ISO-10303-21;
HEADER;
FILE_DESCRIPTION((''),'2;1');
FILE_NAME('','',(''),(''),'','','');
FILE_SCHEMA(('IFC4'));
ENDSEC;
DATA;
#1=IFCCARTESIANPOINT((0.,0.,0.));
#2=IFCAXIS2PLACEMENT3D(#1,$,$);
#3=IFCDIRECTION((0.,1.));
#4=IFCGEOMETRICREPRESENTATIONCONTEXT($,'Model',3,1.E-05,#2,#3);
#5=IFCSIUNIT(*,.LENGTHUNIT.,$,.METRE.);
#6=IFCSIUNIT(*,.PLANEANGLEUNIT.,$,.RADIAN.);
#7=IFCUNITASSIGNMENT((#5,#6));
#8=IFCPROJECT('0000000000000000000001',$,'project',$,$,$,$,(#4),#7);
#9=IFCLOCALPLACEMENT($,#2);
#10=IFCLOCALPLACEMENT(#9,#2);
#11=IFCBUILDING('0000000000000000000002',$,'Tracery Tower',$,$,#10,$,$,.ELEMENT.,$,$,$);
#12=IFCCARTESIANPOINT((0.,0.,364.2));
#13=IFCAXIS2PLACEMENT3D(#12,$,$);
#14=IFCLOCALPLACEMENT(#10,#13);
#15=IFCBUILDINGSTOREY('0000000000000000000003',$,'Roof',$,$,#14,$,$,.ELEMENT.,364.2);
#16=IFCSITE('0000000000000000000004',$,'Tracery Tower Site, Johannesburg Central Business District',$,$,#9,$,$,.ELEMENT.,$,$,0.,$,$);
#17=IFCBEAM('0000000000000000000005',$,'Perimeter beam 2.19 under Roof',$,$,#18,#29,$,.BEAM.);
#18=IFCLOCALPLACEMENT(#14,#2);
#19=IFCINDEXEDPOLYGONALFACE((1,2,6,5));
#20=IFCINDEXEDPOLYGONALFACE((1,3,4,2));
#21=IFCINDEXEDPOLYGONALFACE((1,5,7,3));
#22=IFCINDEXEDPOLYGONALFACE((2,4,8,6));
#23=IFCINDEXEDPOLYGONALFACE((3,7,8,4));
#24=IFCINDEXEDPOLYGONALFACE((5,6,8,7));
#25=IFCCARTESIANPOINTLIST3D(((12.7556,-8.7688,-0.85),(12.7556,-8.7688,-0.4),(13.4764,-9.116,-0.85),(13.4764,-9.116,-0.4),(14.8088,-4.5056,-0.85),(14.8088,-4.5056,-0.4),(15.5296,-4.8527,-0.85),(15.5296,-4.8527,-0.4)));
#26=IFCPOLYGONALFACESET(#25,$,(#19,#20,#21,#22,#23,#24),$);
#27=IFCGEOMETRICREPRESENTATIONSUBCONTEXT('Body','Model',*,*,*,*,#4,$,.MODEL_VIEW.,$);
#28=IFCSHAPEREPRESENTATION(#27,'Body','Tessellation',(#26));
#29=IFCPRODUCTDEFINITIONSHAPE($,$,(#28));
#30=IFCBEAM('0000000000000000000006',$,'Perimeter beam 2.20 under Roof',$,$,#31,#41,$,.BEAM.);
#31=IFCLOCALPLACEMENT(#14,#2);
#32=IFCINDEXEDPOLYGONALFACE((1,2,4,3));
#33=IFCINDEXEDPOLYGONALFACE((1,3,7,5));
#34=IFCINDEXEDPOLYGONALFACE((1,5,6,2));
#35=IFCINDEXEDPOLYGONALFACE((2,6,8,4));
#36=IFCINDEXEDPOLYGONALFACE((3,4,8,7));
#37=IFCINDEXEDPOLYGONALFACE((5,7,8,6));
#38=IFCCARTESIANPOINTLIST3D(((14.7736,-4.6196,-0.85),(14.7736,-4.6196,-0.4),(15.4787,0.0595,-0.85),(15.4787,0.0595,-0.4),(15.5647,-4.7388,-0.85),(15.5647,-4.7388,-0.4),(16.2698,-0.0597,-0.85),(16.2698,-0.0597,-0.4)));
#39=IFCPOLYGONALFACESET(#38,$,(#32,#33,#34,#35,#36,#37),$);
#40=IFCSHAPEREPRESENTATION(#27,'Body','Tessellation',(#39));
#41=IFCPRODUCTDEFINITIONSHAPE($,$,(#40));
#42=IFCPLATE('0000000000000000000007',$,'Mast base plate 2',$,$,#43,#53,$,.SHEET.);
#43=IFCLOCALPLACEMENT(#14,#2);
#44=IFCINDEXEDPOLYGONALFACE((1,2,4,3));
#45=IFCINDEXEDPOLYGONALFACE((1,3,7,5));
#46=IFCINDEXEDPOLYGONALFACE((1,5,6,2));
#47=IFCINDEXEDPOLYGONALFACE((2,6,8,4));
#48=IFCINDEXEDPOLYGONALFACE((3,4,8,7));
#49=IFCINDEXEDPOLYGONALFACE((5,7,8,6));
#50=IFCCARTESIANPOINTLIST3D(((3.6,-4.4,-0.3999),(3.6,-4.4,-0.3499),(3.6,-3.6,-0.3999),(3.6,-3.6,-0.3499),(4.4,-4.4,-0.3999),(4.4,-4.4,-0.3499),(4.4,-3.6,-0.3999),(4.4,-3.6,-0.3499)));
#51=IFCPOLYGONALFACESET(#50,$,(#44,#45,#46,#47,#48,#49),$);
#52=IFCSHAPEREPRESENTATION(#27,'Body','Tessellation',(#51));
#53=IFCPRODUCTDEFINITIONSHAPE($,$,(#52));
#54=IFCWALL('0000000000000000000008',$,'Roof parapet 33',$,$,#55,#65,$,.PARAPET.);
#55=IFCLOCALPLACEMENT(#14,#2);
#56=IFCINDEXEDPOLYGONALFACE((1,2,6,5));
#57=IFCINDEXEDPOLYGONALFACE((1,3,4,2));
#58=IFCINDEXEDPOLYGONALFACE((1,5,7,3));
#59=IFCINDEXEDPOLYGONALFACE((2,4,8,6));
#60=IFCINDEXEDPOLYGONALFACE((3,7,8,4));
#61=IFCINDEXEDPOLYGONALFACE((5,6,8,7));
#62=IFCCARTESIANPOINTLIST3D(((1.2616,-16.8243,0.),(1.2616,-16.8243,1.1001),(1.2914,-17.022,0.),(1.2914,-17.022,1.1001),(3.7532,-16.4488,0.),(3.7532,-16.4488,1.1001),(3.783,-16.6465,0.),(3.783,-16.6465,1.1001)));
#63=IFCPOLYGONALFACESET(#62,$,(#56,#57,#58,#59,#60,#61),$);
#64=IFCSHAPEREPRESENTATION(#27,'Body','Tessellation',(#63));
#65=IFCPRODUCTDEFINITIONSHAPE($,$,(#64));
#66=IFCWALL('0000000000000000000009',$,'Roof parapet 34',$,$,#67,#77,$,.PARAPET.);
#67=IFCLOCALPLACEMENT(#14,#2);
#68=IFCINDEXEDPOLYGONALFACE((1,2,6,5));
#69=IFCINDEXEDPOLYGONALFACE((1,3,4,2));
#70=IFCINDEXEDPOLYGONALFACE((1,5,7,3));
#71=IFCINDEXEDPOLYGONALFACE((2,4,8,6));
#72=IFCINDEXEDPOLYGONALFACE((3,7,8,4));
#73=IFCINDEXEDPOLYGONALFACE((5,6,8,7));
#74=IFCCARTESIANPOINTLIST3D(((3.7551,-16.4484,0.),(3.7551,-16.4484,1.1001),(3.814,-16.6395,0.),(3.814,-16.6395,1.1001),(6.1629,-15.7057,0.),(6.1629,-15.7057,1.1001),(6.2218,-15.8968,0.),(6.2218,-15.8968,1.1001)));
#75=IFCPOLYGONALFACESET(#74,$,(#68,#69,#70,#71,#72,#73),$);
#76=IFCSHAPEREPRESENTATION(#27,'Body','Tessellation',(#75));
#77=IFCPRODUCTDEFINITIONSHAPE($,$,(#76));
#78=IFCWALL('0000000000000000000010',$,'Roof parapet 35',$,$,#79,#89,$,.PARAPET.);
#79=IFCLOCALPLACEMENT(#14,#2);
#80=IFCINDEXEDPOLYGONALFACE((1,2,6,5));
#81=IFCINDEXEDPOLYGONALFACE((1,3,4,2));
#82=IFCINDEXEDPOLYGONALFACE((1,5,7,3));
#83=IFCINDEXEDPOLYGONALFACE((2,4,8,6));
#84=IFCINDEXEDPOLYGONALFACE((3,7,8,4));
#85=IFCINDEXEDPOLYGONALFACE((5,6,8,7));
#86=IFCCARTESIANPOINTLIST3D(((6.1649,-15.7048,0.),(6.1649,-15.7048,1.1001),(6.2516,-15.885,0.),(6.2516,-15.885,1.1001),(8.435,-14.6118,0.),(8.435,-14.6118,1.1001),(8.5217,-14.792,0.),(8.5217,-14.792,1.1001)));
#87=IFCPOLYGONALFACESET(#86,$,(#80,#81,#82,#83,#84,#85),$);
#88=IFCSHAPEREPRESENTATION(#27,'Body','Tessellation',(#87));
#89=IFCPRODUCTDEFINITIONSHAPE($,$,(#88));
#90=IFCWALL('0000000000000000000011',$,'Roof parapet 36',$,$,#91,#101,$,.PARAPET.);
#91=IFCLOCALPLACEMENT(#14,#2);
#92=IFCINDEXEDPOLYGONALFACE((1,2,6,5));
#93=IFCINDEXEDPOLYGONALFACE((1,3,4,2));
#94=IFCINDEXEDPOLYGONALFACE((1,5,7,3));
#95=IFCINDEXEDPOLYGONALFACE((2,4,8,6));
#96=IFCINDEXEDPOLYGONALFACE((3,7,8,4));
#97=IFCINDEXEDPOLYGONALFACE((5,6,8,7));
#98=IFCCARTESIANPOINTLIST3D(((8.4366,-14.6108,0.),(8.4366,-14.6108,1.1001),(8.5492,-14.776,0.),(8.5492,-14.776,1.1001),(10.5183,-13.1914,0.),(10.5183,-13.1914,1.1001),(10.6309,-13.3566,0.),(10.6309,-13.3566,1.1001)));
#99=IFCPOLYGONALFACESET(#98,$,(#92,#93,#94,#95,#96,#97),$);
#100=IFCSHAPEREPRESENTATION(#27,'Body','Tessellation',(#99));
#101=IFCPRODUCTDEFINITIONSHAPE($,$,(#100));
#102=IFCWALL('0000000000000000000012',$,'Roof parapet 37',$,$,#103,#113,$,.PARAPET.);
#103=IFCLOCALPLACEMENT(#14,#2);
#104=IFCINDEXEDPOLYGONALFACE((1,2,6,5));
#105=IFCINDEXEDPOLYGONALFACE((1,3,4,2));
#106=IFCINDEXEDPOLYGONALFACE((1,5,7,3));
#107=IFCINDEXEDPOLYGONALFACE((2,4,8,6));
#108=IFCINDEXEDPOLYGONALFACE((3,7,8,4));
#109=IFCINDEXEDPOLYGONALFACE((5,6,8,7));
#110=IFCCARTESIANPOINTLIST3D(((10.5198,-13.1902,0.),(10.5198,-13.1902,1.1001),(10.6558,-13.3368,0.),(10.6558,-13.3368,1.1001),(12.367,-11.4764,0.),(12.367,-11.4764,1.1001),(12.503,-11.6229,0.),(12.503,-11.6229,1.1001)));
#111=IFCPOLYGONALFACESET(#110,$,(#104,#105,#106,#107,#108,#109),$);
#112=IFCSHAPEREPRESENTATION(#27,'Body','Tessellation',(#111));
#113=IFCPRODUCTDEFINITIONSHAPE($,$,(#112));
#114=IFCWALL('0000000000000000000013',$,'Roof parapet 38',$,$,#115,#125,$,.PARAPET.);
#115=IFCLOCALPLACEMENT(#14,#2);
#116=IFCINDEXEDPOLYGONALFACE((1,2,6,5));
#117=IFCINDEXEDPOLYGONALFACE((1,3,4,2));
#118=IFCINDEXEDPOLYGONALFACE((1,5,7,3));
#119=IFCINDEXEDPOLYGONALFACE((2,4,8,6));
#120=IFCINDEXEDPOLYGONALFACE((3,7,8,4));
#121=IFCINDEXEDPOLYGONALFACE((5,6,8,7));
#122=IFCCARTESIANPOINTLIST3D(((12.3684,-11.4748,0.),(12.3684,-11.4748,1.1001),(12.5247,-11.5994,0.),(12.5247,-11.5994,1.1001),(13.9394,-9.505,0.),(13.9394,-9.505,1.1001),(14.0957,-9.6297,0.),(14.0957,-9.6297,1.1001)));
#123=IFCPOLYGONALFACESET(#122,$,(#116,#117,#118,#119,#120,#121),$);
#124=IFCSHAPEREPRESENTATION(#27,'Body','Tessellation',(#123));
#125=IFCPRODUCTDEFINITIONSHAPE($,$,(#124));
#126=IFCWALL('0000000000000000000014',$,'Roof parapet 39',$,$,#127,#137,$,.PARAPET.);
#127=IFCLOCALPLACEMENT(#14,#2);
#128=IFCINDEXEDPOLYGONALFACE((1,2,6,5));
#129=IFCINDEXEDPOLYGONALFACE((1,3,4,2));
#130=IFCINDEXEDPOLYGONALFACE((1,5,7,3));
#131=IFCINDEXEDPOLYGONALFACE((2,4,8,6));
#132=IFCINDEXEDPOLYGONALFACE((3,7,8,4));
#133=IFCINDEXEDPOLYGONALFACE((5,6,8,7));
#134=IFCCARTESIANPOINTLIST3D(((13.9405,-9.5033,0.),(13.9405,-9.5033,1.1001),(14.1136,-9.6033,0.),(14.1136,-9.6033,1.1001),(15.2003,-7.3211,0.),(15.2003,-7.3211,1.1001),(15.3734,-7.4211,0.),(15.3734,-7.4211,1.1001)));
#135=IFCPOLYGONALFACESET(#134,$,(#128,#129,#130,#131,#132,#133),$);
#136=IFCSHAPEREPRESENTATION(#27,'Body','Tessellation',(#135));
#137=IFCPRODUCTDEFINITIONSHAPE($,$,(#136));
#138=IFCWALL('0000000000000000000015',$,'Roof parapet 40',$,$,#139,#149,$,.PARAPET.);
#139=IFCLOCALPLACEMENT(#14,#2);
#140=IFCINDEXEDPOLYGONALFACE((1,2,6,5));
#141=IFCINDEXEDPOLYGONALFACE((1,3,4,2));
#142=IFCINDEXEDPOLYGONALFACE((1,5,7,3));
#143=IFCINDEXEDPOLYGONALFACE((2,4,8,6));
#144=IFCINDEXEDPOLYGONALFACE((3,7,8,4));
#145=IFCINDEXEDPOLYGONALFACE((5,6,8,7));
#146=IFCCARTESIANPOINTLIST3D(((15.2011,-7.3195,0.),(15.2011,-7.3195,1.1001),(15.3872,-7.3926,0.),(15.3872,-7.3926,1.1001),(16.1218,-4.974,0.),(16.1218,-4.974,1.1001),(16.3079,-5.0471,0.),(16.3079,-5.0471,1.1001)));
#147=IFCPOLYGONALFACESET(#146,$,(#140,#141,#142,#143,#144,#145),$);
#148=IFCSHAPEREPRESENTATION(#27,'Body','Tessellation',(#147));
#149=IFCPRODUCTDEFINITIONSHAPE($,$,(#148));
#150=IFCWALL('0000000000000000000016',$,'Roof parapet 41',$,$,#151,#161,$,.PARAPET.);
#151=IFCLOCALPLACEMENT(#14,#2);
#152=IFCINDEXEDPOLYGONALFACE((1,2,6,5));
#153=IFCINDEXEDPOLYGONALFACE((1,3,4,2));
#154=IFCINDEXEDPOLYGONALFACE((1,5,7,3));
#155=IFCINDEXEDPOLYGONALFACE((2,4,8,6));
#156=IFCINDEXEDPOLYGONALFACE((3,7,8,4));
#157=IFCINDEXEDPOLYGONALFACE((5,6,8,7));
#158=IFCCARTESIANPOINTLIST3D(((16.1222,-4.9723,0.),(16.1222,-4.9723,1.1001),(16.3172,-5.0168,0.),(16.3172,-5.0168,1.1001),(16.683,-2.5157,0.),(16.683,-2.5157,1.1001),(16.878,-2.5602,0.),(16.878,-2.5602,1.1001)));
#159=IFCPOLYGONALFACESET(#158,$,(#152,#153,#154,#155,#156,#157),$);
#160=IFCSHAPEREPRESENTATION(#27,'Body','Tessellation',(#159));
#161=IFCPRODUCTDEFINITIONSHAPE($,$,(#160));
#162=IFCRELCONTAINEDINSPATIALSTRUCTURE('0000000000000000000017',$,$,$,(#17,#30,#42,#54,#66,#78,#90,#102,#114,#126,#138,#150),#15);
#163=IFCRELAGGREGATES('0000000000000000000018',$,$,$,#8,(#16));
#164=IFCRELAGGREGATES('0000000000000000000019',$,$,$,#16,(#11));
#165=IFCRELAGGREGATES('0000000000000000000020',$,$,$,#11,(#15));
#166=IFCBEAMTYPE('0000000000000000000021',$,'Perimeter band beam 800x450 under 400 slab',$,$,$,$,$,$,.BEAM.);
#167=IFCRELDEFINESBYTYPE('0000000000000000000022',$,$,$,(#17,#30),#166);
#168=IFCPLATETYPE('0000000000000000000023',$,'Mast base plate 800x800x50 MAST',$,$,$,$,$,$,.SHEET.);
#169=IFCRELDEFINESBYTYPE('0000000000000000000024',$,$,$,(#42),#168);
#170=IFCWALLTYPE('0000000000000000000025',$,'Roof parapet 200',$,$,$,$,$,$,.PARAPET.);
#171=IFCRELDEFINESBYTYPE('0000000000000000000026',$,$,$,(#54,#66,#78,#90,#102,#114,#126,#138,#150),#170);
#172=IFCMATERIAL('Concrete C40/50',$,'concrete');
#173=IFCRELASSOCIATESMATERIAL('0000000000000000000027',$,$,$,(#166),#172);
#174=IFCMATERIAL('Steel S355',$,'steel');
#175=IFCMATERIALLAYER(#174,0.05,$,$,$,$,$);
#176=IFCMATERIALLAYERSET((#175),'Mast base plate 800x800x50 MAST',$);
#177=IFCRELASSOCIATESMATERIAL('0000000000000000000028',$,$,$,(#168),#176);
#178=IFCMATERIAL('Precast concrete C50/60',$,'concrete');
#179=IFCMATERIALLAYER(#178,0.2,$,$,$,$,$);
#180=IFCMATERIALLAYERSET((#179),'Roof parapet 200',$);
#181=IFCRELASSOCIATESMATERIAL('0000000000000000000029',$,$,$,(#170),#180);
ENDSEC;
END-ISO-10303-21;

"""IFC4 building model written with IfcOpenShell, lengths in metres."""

from ifc_helpers import new_model, si_unit, direction, frame, frame_2d, origin, origin_2d, place, context, subcontext, project, spatial, rectangle, extrude, material, layer, layer_set, material_profile, profile_set, type_object, element, save


model = new_model("IFC4")

# Units and contexts
model_context = context("Model", 3, precision=1e-05, world=origin(), true_north=direction((0.0, 1.0)))
body_context = subcontext(model_context, "Body", "Model", "MODEL_VIEW")
ifc_project = project(units=[si_unit("LENGTHUNIT", "METRE"), si_unit("PLANEANGLEUNIT", "RADIAN")], contexts=[model_context])

# Site, building, storey
site_placement = place(None, origin())
site = spatial("IfcSite", under=ifc_project, at=site_placement, Name="Tracery Tower Site, Johannesburg Central Business District", CompositionType="ELEMENT", RefElevation=0.0)
building_placement = place(site_placement, origin())
building = spatial("IfcBuilding", under=site, at=building_placement, Name="Tracery Tower", CompositionType="ELEMENT")
storey_placement = place(building_placement, frame((0.0, 0.0, 364.2)))
storey = spatial("IfcBuildingStorey", under=building, at=storey_placement, Name="Roof", CompositionType="ELEMENT", Elevation=364.2)

# Beams
ifc_material_1 = material(Name="Concrete C40/50", Category="concrete")
ifc_material_profile_1 = material_profile(ifc_material_1, rectangle(XDim=0.8, YDim=0.45, at=origin_2d()), Name="RC 800x450")
ifc_profile_set_1 = profile_set([ifc_material_profile_1], Name="Concrete C40/50")
beam_type_1 = type_object("IfcBeamType", Name="Perimeter band beam 800x450 under 400 slab", PredefinedType="BEAM", material=ifc_profile_set_1)
for number, where, z_axis, x_axis, name in (
    (1, (13.116, -8.9424, -0.625), (0.433915, 0.900954, 0.0), (-0.900954, 0.433915, 0.0), "Perimeter beam 2.19 under Roof"),
    (2, (15.1692, -4.6792, -0.625), (0.149001, 0.988837, 0.0), (-0.988837, 0.149001, 0.0), "Perimeter beam 2.20 under Roof"),
):
    element("IfcBeam", number, at=place(storey_placement, frame(where, z_axis=z_axis, x_axis=x_axis)), inside=storey, type_object=beam_type_1, Name=name, PredefinedType="BEAM", context=body_context, shape_type="SweptSolid", body=[
        extrude(rectangle(XDim=0.8, YDim=0.45, at=origin_2d()), origin(), (0.0, 0.0, 1.0), 4.7319),
    ])

# Plate
ifc_material_2 = material(Name="Steel S355", Category="steel")
ifc_layer_1 = layer(ifc_material_2, 0.05)
ifc_layer_set_1 = layer_set([ifc_layer_1], Name="Mast base plate 800x800x50 MAST")
plate_type = type_object("IfcPlateType", Name="Mast base plate 800x800x50 MAST", PredefinedType="SHEET", material=ifc_layer_set_1)
plate_placement = place(storey_placement, frame((4.0, -4.0, -0.3999), z_axis=(0.0, 0.0, 1.0), x_axis=(1.0, 0.0, 0.0)))
element("IfcPlate", 3, at=plate_placement, inside=storey, type_object=plate_type, Name="Mast base plate 2", PredefinedType="SHEET", context=body_context, shape_type="SweptSolid", body=[
    extrude(rectangle(XDim=0.8, YDim=0.8, at=origin_2d()), origin(), (0.0, 0.0, 1.0), 0.05),
])

# Walls
ifc_material_3 = material(Name="Precast concrete C50/60", Category="concrete")
ifc_layer_2 = layer(ifc_material_3, 0.2)
ifc_layer_set_2 = layer_set([ifc_layer_2], Name="Roof parapet 200")
wall_type = type_object("IfcWallType", Name="Roof parapet 200", PredefinedType="PARAPET", material=ifc_layer_set_2)
for number, where, z_axis, x_axis, name in (
    (4, (1.2766, -16.9231, 0.0), (0.0, 0.0, 1.0), (0.988835, 0.149013, 0.0), "Roof parapet 33"),
    (5, (3.7847, -16.5439, 0.0), (0.0, 0.0, 1.0), (0.955573, 0.294753, 0.0), "Roof parapet 34"),
):
    element("IfcWall", number, at=place(storey_placement, frame(where, z_axis=z_axis, x_axis=x_axis)), inside=storey, type_object=wall_type, Name=name, PredefinedType="PARAPET", context=body_context, shape_type="SweptSolid", body=[
        extrude(rectangle(XDim=2.5198, YDim=0.2, at=frame_2d((1.2598, 0.0))), origin(), (0.0, 0.0, 1.0), 1.1001),
    ])
for number, where, z_axis, x_axis, name in (
    (6, (6.2083, -15.7949, 0.0), (0.0, 0.0, 1.0), (0.900995, 0.43383, 0.0), "Roof parapet 35"),
    (7, (8.4929, -14.6934, 0.0), (0.0, 0.0, 1.0), (0.826221, 0.563346, 0.0), "Roof parapet 36"),
):
    element("IfcWall", number, at=place(storey_placement, frame(where, z_axis=z_axis, x_axis=x_axis)), inside=storey, type_object=wall_type, Name=name, PredefinedType="PARAPET", context=body_context, shape_type="SweptSolid", body=[
        extrude(rectangle(XDim=2.5195, YDim=0.2, at=frame_2d((1.2598, 0.0))), origin(), (0.0, 0.0, 1.0), 1.1001),
    ])
wall_1_placement = place(storey_placement, frame((10.5879, -13.2634, 0.0), z_axis=(0.0, 0.0, 1.0), x_axis=(0.733063, 0.680161, 0.0)))
element("IfcWall", 8, at=wall_1_placement, inside=storey, type_object=wall_type, Name="Roof parapet 37", PredefinedType="PARAPET", context=body_context, shape_type="SweptSolid", body=[
    extrude(rectangle(XDim=2.5198, YDim=0.2, at=frame_2d((1.2598, 0.0))), origin(), (0.0, 0.0, 1.0), 1.1001),
])
wall_2_placement = place(storey_placement, frame((12.4465, -11.5371, 0.0), z_axis=(0.0, 0.0, 1.0), x_axis=(0.623548, 0.781785, 0.0)))
element("IfcWall", 9, at=wall_2_placement, inside=storey, type_object=wall_type, Name="Roof parapet 38", PredefinedType="PARAPET", context=body_context, shape_type="SweptSolid", body=[
    extrude(rectangle(XDim=2.5195, YDim=0.2, at=frame_2d((1.2598, 0.0))), origin(), (0.0, 0.0, 1.0), 1.1001),
])
for number, where, z_axis, x_axis, name in (
    (10, (14.0271, -9.5532, 0.0), (0.0, 0.0, 1.0), (0.499974, 0.86604, 0.0), "Roof parapet 39"),
    (11, (15.2942, -7.356, 0.0), (0.0, 0.0, 1.0), (0.365386, 0.930856, 0.0), "Roof parapet 40"),
    (12, (16.2197, -4.9944, 0.0), (0.0, 0.0, 1.0), (0.222559, 0.974919, 0.0), "Roof parapet 41"),
):
    element("IfcWall", number, at=place(storey_placement, frame(where, z_axis=z_axis, x_axis=x_axis)), inside=storey, type_object=wall_type, Name=name, PredefinedType="PARAPET", context=body_context, shape_type="SweptSolid", body=[
        extrude(rectangle(XDim=2.5198, YDim=0.2, at=frame_2d((1.2598, 0.0))), origin(), (0.0, 0.0, 1.0), 1.1001),
    ])

save(model, "model.ifc")
